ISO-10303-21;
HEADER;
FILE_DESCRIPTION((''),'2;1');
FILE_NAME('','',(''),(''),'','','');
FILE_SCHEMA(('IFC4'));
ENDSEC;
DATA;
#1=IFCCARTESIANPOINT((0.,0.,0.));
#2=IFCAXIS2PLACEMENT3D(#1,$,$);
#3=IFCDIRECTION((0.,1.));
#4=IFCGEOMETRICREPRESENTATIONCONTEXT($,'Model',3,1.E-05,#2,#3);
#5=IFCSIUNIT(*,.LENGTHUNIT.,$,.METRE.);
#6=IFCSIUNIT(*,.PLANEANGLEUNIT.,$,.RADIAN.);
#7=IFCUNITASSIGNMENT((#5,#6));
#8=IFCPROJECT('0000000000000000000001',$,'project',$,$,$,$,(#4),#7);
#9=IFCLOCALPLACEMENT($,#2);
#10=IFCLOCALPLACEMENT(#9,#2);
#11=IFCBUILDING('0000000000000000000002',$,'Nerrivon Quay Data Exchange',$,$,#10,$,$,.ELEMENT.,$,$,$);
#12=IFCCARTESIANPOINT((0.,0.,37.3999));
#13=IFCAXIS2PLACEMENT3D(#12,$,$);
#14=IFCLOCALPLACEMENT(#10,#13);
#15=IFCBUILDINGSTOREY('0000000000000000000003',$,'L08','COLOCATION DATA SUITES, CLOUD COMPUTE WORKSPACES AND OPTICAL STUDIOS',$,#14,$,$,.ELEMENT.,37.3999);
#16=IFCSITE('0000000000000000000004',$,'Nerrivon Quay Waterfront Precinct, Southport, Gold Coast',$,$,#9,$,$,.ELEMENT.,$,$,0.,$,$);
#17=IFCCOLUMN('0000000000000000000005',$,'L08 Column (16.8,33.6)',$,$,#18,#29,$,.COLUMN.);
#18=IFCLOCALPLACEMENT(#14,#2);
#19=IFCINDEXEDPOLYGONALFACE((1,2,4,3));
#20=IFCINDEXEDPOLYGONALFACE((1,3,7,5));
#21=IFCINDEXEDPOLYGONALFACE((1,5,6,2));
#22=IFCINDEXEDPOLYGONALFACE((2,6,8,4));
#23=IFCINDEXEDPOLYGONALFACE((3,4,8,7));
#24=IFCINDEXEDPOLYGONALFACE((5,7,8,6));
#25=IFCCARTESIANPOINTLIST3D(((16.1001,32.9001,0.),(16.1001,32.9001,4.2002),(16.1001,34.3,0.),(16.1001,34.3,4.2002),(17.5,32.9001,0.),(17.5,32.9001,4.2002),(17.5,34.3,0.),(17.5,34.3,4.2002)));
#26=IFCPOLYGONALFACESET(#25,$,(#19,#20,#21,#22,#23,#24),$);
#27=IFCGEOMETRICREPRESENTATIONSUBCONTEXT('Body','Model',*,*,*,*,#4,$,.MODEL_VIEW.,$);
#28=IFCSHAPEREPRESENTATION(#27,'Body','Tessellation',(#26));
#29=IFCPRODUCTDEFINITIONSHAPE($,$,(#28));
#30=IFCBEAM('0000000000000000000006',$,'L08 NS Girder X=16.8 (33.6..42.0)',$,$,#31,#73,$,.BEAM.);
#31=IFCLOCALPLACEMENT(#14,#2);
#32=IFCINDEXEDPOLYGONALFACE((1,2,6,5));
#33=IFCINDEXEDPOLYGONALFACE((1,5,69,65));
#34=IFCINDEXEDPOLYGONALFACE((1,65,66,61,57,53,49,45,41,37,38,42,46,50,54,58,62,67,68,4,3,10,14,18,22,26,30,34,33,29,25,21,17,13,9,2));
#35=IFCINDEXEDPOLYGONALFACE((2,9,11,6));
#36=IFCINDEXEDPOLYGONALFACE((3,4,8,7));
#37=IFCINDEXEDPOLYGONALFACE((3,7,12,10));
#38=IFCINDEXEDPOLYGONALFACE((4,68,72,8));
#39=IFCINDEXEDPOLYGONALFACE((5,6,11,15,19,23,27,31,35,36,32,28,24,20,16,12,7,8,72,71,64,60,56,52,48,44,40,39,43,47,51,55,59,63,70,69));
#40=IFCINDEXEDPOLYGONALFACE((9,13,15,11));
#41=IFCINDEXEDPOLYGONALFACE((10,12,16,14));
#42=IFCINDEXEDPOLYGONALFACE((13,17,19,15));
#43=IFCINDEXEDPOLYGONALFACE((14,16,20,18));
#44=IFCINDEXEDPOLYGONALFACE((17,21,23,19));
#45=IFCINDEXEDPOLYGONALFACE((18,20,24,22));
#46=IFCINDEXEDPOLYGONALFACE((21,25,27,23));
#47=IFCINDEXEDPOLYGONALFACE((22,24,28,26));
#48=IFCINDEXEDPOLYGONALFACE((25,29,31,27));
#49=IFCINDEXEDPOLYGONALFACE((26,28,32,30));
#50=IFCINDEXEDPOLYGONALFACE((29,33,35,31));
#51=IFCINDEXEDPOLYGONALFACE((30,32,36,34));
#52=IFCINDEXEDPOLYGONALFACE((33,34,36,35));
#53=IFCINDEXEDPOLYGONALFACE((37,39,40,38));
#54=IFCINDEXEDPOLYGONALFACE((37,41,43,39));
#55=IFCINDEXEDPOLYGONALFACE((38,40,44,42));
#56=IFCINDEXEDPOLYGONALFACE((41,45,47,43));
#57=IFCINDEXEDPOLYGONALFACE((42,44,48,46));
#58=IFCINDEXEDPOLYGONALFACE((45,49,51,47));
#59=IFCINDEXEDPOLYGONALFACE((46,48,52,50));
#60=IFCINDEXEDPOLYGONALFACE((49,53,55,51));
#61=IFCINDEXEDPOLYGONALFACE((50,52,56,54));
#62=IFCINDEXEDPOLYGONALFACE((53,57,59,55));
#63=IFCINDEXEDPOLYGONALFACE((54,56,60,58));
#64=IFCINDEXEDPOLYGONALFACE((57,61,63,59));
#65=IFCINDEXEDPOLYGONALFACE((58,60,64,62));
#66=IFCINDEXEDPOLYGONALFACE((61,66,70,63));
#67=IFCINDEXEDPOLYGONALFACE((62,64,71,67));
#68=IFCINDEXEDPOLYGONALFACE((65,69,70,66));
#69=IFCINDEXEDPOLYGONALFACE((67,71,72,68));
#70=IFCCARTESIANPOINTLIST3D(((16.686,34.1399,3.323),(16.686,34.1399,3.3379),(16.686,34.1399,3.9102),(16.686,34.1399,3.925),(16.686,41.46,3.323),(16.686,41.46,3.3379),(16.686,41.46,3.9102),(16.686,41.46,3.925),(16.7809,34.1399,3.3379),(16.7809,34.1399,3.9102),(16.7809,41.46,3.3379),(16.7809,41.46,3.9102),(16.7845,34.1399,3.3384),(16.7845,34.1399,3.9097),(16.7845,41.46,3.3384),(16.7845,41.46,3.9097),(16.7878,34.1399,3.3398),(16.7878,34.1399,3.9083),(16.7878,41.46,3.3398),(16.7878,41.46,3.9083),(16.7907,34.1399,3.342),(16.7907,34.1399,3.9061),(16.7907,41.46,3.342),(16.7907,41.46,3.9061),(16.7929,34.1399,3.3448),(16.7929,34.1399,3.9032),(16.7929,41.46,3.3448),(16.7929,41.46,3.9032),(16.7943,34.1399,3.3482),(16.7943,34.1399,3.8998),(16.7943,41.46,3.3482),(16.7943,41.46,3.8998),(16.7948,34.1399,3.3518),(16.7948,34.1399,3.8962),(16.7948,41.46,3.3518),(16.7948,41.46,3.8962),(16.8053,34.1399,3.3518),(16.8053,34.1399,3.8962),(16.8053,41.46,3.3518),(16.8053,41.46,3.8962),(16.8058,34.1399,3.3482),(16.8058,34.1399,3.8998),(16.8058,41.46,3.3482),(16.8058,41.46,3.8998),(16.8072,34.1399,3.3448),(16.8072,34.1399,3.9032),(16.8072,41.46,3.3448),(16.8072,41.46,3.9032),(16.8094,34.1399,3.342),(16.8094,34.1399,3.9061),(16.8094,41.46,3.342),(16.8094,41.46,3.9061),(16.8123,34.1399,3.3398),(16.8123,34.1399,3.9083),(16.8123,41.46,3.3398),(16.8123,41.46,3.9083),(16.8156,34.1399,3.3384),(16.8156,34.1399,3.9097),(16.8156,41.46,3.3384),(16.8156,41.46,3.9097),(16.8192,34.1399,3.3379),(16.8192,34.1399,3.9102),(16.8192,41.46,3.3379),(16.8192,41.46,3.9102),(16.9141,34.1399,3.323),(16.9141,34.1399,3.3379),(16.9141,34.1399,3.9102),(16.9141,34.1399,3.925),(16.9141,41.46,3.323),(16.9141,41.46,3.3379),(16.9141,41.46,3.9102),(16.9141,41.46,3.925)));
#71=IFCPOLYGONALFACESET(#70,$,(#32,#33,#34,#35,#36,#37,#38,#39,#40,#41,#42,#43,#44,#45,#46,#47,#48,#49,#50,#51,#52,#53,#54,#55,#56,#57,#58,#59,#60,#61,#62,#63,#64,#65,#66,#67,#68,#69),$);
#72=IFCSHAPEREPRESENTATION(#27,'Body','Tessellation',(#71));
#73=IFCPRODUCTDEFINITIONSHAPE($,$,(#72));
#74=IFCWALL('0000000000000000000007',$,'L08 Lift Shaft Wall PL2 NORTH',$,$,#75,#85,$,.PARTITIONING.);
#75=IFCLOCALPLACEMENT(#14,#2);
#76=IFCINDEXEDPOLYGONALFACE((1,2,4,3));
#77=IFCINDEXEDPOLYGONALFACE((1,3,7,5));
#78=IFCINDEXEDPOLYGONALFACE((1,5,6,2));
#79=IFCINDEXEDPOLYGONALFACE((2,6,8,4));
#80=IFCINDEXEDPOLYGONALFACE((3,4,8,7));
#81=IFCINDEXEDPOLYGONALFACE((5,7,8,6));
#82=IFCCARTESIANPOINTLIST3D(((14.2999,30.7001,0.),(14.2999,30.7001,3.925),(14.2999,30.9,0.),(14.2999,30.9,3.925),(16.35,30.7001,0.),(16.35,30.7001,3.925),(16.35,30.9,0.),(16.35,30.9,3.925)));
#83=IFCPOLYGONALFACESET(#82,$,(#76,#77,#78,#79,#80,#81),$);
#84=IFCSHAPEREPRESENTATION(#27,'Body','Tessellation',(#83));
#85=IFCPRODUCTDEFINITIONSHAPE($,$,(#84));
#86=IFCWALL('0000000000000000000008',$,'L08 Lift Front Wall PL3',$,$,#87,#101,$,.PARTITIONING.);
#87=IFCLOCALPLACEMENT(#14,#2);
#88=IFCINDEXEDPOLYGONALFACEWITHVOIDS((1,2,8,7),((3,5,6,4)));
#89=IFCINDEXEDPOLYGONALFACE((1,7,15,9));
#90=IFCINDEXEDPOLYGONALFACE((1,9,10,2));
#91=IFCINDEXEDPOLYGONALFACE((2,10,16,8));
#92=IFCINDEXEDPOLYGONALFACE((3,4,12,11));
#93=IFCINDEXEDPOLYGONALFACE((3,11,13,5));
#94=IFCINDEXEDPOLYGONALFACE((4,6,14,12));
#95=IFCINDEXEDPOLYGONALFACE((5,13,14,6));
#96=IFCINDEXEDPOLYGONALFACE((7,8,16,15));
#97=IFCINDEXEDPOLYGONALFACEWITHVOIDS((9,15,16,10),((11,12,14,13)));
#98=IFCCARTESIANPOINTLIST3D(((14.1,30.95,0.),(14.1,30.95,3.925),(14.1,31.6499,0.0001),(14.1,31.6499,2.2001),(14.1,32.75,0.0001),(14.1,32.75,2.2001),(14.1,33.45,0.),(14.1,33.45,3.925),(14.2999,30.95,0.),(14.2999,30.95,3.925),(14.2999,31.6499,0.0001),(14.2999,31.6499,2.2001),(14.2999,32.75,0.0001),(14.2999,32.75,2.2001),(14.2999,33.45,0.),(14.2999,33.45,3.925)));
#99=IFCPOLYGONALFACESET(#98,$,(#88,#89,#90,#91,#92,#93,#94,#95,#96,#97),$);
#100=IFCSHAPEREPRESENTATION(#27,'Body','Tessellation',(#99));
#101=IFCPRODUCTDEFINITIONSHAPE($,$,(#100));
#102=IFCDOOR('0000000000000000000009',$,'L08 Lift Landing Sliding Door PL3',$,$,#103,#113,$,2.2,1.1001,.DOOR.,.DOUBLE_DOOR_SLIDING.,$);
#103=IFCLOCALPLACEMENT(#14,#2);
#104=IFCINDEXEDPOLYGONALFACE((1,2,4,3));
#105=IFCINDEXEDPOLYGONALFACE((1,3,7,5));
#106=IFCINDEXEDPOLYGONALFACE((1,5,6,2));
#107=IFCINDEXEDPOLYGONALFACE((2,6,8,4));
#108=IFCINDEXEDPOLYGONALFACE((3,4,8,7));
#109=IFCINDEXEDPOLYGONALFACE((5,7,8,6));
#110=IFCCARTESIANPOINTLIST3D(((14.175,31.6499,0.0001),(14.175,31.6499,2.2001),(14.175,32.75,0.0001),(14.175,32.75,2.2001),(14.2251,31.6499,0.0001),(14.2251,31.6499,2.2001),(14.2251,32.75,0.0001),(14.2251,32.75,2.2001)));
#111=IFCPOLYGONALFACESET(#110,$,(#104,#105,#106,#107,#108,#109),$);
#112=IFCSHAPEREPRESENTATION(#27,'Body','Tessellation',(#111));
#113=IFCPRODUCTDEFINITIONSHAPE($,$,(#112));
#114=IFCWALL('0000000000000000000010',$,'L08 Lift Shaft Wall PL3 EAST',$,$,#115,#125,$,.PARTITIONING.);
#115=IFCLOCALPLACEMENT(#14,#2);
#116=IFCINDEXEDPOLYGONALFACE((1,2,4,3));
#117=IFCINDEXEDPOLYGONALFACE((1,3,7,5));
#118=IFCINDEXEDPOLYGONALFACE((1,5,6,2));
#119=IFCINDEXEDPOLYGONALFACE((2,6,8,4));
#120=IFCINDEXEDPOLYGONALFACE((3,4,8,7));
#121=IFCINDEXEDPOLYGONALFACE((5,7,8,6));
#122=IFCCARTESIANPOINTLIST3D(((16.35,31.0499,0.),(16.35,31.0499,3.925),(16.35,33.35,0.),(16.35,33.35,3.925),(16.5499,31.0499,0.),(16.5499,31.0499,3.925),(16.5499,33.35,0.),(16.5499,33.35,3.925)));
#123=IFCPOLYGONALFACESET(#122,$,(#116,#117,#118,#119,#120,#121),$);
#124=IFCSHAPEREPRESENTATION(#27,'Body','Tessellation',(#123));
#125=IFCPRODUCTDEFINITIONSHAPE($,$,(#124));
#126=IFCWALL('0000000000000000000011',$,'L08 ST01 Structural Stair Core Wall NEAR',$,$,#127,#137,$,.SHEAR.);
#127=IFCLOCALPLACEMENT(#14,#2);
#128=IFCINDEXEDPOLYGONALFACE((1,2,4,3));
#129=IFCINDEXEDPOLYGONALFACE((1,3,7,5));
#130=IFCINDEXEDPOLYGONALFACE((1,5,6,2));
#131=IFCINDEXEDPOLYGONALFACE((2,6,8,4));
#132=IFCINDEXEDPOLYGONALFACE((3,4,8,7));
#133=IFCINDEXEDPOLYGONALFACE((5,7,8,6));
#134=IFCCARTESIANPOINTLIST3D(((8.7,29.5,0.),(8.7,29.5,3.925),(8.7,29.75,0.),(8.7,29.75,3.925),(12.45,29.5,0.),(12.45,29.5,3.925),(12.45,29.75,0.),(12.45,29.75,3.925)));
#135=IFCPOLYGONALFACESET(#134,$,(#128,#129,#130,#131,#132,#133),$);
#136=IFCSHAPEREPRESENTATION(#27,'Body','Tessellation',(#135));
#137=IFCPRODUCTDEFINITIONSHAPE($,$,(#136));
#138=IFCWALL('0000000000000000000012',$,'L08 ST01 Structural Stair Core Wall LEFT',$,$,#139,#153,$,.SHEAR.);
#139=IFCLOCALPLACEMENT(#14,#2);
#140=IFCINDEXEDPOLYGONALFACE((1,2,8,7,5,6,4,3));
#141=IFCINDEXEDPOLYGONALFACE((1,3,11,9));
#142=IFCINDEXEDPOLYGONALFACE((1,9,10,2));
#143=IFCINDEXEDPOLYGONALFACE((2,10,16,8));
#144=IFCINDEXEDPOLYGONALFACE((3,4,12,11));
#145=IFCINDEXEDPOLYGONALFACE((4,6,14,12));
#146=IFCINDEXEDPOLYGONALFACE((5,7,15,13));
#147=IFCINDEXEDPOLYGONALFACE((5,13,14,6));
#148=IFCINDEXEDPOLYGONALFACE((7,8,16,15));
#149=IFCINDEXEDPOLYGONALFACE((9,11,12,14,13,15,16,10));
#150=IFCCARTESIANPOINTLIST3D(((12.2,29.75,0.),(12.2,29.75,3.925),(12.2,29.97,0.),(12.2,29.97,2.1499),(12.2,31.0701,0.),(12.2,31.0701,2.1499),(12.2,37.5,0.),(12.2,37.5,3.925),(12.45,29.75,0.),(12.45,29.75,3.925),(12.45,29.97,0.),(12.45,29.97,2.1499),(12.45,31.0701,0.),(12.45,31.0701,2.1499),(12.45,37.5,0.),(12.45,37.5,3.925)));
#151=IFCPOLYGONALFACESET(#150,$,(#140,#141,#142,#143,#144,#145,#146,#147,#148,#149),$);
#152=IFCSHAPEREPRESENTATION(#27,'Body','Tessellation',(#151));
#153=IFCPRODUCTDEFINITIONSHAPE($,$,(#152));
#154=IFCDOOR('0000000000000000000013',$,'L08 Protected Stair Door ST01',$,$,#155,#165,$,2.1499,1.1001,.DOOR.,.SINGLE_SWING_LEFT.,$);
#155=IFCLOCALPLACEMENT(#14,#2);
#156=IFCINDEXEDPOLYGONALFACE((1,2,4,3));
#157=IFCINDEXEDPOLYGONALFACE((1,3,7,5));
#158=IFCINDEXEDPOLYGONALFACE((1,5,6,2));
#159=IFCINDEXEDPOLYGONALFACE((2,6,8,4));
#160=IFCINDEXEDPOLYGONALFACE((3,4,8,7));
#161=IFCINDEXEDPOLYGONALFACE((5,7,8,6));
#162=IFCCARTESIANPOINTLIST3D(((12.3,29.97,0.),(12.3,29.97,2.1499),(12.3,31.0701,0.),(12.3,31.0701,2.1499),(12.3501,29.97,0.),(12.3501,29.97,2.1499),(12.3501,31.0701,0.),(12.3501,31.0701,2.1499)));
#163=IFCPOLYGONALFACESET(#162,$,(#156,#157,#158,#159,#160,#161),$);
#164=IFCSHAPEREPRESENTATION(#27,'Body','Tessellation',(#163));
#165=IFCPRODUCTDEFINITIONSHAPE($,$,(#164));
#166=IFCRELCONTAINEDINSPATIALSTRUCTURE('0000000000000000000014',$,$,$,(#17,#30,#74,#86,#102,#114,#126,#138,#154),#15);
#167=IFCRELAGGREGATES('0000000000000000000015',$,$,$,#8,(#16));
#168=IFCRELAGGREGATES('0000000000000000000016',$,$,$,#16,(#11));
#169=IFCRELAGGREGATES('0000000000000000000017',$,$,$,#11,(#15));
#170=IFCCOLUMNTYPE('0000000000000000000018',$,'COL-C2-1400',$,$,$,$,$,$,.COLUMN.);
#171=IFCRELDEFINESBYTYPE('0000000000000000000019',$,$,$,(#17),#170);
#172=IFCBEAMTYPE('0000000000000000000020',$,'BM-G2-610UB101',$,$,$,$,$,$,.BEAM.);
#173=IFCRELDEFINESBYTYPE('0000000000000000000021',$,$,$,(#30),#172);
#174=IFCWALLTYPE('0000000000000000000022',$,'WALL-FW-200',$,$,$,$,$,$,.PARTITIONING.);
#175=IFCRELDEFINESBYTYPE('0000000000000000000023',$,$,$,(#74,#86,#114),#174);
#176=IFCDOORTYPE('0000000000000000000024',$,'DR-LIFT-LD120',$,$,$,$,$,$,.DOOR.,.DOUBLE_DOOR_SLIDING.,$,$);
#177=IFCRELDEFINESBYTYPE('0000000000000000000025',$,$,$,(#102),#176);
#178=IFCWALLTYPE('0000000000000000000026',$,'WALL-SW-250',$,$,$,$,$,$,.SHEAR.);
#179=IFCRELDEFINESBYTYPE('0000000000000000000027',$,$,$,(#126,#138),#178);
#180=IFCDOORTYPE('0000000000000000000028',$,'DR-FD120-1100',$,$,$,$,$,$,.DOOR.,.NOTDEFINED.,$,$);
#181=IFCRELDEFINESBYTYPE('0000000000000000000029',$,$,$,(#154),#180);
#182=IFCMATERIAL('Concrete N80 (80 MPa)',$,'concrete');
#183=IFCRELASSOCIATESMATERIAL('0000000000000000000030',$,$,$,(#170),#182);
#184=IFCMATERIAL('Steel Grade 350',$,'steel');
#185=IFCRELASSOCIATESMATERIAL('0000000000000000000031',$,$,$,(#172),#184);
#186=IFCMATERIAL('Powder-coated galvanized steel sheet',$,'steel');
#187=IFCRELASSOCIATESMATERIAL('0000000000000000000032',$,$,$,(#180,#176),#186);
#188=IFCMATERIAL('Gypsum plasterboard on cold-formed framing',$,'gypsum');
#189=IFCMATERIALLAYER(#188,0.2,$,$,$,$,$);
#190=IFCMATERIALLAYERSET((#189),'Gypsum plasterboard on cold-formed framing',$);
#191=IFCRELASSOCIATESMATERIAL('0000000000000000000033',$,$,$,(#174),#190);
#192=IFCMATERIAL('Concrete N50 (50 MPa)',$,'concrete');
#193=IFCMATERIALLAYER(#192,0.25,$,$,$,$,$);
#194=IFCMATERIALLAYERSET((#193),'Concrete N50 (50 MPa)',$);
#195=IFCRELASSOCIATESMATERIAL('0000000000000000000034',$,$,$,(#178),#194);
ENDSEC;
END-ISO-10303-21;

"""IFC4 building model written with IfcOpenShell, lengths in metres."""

from ifc_helpers import new_model, si_unit, direction, frame, frame_2d, origin, origin_2d, place, context, subcontext, project, spatial, rectangle, i_section, extrude, material, layer, layer_set, material_profile, profile_set, type_object, element, fill, save


model = new_model("IFC4")

# Units and contexts
model_context = context("Model", 3, precision=1e-05, world=origin(), true_north=direction((0.0, 1.0)))
body_context = subcontext(model_context, "Body", "Model", "MODEL_VIEW")
ifc_project = project(units=[si_unit("LENGTHUNIT", "METRE"), si_unit("PLANEANGLEUNIT", "RADIAN")], contexts=[model_context])

# Site, building, storey
site_placement = place(None, origin())
site = spatial("IfcSite", under=ifc_project, at=site_placement, Name="Nerrivon Quay Waterfront Precinct, Southport, Gold Coast", CompositionType="ELEMENT", RefElevation=0.0)
building_placement = place(site_placement, origin())
building = spatial("IfcBuilding", under=site, at=building_placement, Name="Nerrivon Quay Data Exchange", CompositionType="ELEMENT")
storey_placement = place(building_placement, frame((0.0, 0.0, 37.3999)))
storey = spatial("IfcBuildingStorey", under=building, at=storey_placement, Name="L08", Description="COLOCATION DATA SUITES, CLOUD COMPUTE WORKSPACES AND OPTICAL STUDIOS", CompositionType="ELEMENT", Elevation=37.3999)

# Column
ifc_material_1 = material(Name="Concrete N80 (80 MPa)", Category="concrete")
ifc_material_profile_1 = material_profile(ifc_material_1, rectangle(XDim=1.3999, YDim=1.3999, at=origin_2d()), Name="RC-COL-1400x1400")
ifc_profile_set_1 = profile_set([ifc_material_profile_1], Name="Concrete N80 (80 MPa)")
column_type = type_object("IfcColumnType", Name="COL-C2-1400", PredefinedType="COLUMN", material=ifc_profile_set_1)
column_placement = place(storey_placement, frame((16.8, 33.6001, 0.0), z_axis=(0.0, 0.0, 1.0), x_axis=(1.0, 0.0, 0.0)))
element("IfcColumn", 1, at=column_placement, inside=storey, type_object=column_type, Name="L08 Column (16.8,33.6)", PredefinedType="COLUMN", context=body_context, shape_type="SweptSolid", body=[
    extrude(rectangle(XDim=1.3999, YDim=1.3999, at=origin_2d()), origin(), (0.0, 0.0, 1.0), 4.2002),
])

# Beam
ifc_material_2 = material(Name="Steel Grade 350", Category="steel")
ifc_material_profile_2 = material_profile(ifc_material_2, i_section(OverallWidth=0.228, OverallDepth=0.6021, WebThickness=0.0105, FlangeThickness=0.0149, FilletRadius=0.0139, at=origin_2d()), Name="610UB101")
ifc_profile_set_2 = profile_set([ifc_material_profile_2], Name="Steel Grade 350")
beam_type = type_object("IfcBeamType", Name="BM-G2-610UB101", PredefinedType="BEAM", material=ifc_profile_set_2)
beam_placement = place(storey_placement, frame((16.8, 34.1399, 3.624), z_axis=(0.0, 1.0, 0.0), x_axis=(-1.0, 0.0, 0.0)))
element("IfcBeam", 2, at=beam_placement, inside=storey, type_object=beam_type, Name="L08 NS Girder X=16.8 (33.6..42.0)", PredefinedType="BEAM", context=body_context, shape_type="SweptSolid", body=[
    extrude(i_section(OverallWidth=0.228, OverallDepth=0.6021, WebThickness=0.0105, FlangeThickness=0.0149, FilletRadius=0.0139, at=origin_2d()), origin(), (0.0, 0.0, 1.0), 7.3201),
])

# Shared definitions
ifc_material_3 = material(Name="Powder-coated galvanized steel sheet", Category="steel")
door_type_1 = type_object("IfcDoorType", Name="DR-FD120-1100", OperationType="NOTDEFINED", PredefinedType="DOOR", material=ifc_material_3)

# Wall
ifc_material_4 = material(Name="Gypsum plasterboard on cold-formed framing", Category="gypsum")
ifc_layer_1 = layer(ifc_material_4, 0.2)
ifc_layer_set_1 = layer_set([ifc_layer_1], Name="Gypsum plasterboard on cold-formed framing")
wall_type_1 = type_object("IfcWallType", Name="WALL-FW-200", PredefinedType="PARTITIONING", material=ifc_layer_set_1)
wall_1_placement = place(storey_placement, frame((14.3, 30.8, 0.0), z_axis=(0.0, 0.0, 1.0), x_axis=(1.0, 0.0, 0.0)))
element("IfcWall", 3, at=wall_1_placement, inside=storey, type_object=wall_type_1, Name="L08 Lift Shaft Wall PL2 NORTH", PredefinedType="PARTITIONING", context=body_context, shape_type="SweptSolid", body=[
    extrude(rectangle(XDim=2.05, YDim=0.2, at=frame_2d((1.0249, 0.0))), origin(), (0.0, 0.0, 1.0), 3.925),
])

# Wall, opening, door
wall_2_placement = place(storey_placement, frame((14.2, 30.95, 0.0), z_axis=(0.0, 0.0, 1.0), x_axis=(0.0, 1.0, 0.0)))
wall_2 = element("IfcWall", 4, at=wall_2_placement, inside=storey, type_object=wall_type_1, Name="L08 Lift Front Wall PL3", PredefinedType="PARTITIONING", context=body_context, shape_type="SweptSolid", body=[
    extrude(rectangle(XDim=2.5, YDim=0.2, at=frame_2d((1.25, 0.0))), origin(), (0.0, 0.0, 1.0), 3.925),
])
opening_1_placement = place(wall_2_placement, frame((0.7, 0.0, 0.0)))
opening_1 = element("IfcOpeningElement", 5, at=opening_1_placement, cuts=wall_2, PredefinedType="OPENING", context=body_context, shape_type="SweptSolid", body=[
    extrude(rectangle(XDim=1.1001, YDim=2.2, at=frame_2d((0.55, 1.1001))), frame((0.0, 0.1099, 0.0), z_axis=(0.0, -1.0, 0.0), x_axis=(1.0, 0.0, 0.0)), (0.0, 0.0, 1.0), 0.22),
])
door_type_2 = type_object("IfcDoorType", Name="DR-LIFT-LD120", OperationType="DOUBLE_DOOR_SLIDING", PredefinedType="DOOR", material=ifc_material_3)
door_1_placement = place(opening_1_placement, origin())
door_1 = element("IfcDoor", 6, at=door_1_placement, inside=storey, type_object=door_type_2, Name="L08 Lift Landing Sliding Door PL3", OperationType="DOUBLE_DOOR_SLIDING", OverallHeight=2.2, OverallWidth=1.1001, PredefinedType="DOOR", context=body_context, shape_type="SweptSolid", body=[
    extrude(rectangle(XDim=1.1001, YDim=2.2, at=frame_2d((0.55, 1.1001))), frame((0.0, 0.0249, 0.0), z_axis=(0.0, -1.0, 0.0), x_axis=(1.0, 0.0, 0.0)), (0.0, 0.0, 1.0), 0.05),
])
fill(opening_1, door_1)

# Walls
wall_3_placement = place(storey_placement, frame((16.45, 31.05, 0.0), z_axis=(0.0, 0.0, 1.0), x_axis=(0.0, 1.0, 0.0)))
element("IfcWall", 7, at=wall_3_placement, inside=storey, type_object=wall_type_1, Name="L08 Lift Shaft Wall PL3 EAST", PredefinedType="PARTITIONING", context=body_context, shape_type="SweptSolid", body=[
    extrude(rectangle(XDim=2.3, YDim=0.2, at=frame_2d((1.1499, 0.0))), origin(), (0.0, 0.0, 1.0), 3.925),
])
ifc_material_5 = material(Name="Concrete N50 (50 MPa)", Category="concrete")
ifc_layer_2 = layer(ifc_material_5, 0.25)
ifc_layer_set_2 = layer_set([ifc_layer_2], Name="Concrete N50 (50 MPa)")
wall_type_2 = type_object("IfcWallType", Name="WALL-SW-250", PredefinedType="SHEAR", material=ifc_layer_set_2)
wall_4_placement = place(storey_placement, frame((12.45, 29.625, 0.0), z_axis=(0.0, 0.0, 1.0), x_axis=(-1.0, 0.0, 0.0)))
element("IfcWall", 8, at=wall_4_placement, inside=storey, type_object=wall_type_2, Name="L08 ST01 Structural Stair Core Wall NEAR", PredefinedType="SHEAR", context=body_context, shape_type="SweptSolid", body=[
    extrude(rectangle(XDim=3.75, YDim=0.25, at=frame_2d((1.875, 0.0))), origin(), (0.0, 0.0, 1.0), 3.925),
])

# Wall, opening, door
wall_5_placement = place(storey_placement, frame((12.325, 29.75, 0.0), z_axis=(0.0, 0.0, 1.0), x_axis=(0.0, 1.0, 0.0)))
wall_5 = element("IfcWall", 9, at=wall_5_placement, inside=storey, type_object=wall_type_2, Name="L08 ST01 Structural Stair Core Wall LEFT", PredefinedType="SHEAR", context=body_context, shape_type="SweptSolid", body=[
    extrude(rectangle(XDim=7.75, YDim=0.25, at=frame_2d((3.875, 0.0))), origin(), (0.0, 0.0, 1.0), 3.925),
])
opening_2_placement = place(wall_5_placement, frame((0.22, 0.0, 0.0)))
opening_2 = element("IfcOpeningElement", 10, at=opening_2_placement, cuts=wall_5, PredefinedType="OPENING", context=body_context, shape_type="SweptSolid", body=[
    extrude(rectangle(XDim=1.1001, YDim=2.1499, at=frame_2d((0.55, 1.075))), frame((0.0, 0.135, 0.0), z_axis=(0.0, -1.0, 0.0), x_axis=(1.0, 0.0, 0.0)), (0.0, 0.0, 1.0), 0.27),
])
door_2_placement = place(opening_2_placement, origin())
door_2 = element("IfcDoor", 11, at=door_2_placement, inside=storey, type_object=door_type_1, Name="L08 Protected Stair Door ST01", OperationType="SINGLE_SWING_LEFT", OverallHeight=2.1499, OverallWidth=1.1001, PredefinedType="DOOR", context=body_context, shape_type="SweptSolid", body=[
    extrude(rectangle(XDim=1.1001, YDim=2.1499, at=frame_2d((0.55, 1.075))), frame((0.0, 0.0249, 0.0), z_axis=(0.0, -1.0, 0.0), x_axis=(1.0, 0.0, 0.0)), (0.0, 0.0, 1.0), 0.05),
])
fill(opening_2, door_2)

save(model, "model.ifc")
